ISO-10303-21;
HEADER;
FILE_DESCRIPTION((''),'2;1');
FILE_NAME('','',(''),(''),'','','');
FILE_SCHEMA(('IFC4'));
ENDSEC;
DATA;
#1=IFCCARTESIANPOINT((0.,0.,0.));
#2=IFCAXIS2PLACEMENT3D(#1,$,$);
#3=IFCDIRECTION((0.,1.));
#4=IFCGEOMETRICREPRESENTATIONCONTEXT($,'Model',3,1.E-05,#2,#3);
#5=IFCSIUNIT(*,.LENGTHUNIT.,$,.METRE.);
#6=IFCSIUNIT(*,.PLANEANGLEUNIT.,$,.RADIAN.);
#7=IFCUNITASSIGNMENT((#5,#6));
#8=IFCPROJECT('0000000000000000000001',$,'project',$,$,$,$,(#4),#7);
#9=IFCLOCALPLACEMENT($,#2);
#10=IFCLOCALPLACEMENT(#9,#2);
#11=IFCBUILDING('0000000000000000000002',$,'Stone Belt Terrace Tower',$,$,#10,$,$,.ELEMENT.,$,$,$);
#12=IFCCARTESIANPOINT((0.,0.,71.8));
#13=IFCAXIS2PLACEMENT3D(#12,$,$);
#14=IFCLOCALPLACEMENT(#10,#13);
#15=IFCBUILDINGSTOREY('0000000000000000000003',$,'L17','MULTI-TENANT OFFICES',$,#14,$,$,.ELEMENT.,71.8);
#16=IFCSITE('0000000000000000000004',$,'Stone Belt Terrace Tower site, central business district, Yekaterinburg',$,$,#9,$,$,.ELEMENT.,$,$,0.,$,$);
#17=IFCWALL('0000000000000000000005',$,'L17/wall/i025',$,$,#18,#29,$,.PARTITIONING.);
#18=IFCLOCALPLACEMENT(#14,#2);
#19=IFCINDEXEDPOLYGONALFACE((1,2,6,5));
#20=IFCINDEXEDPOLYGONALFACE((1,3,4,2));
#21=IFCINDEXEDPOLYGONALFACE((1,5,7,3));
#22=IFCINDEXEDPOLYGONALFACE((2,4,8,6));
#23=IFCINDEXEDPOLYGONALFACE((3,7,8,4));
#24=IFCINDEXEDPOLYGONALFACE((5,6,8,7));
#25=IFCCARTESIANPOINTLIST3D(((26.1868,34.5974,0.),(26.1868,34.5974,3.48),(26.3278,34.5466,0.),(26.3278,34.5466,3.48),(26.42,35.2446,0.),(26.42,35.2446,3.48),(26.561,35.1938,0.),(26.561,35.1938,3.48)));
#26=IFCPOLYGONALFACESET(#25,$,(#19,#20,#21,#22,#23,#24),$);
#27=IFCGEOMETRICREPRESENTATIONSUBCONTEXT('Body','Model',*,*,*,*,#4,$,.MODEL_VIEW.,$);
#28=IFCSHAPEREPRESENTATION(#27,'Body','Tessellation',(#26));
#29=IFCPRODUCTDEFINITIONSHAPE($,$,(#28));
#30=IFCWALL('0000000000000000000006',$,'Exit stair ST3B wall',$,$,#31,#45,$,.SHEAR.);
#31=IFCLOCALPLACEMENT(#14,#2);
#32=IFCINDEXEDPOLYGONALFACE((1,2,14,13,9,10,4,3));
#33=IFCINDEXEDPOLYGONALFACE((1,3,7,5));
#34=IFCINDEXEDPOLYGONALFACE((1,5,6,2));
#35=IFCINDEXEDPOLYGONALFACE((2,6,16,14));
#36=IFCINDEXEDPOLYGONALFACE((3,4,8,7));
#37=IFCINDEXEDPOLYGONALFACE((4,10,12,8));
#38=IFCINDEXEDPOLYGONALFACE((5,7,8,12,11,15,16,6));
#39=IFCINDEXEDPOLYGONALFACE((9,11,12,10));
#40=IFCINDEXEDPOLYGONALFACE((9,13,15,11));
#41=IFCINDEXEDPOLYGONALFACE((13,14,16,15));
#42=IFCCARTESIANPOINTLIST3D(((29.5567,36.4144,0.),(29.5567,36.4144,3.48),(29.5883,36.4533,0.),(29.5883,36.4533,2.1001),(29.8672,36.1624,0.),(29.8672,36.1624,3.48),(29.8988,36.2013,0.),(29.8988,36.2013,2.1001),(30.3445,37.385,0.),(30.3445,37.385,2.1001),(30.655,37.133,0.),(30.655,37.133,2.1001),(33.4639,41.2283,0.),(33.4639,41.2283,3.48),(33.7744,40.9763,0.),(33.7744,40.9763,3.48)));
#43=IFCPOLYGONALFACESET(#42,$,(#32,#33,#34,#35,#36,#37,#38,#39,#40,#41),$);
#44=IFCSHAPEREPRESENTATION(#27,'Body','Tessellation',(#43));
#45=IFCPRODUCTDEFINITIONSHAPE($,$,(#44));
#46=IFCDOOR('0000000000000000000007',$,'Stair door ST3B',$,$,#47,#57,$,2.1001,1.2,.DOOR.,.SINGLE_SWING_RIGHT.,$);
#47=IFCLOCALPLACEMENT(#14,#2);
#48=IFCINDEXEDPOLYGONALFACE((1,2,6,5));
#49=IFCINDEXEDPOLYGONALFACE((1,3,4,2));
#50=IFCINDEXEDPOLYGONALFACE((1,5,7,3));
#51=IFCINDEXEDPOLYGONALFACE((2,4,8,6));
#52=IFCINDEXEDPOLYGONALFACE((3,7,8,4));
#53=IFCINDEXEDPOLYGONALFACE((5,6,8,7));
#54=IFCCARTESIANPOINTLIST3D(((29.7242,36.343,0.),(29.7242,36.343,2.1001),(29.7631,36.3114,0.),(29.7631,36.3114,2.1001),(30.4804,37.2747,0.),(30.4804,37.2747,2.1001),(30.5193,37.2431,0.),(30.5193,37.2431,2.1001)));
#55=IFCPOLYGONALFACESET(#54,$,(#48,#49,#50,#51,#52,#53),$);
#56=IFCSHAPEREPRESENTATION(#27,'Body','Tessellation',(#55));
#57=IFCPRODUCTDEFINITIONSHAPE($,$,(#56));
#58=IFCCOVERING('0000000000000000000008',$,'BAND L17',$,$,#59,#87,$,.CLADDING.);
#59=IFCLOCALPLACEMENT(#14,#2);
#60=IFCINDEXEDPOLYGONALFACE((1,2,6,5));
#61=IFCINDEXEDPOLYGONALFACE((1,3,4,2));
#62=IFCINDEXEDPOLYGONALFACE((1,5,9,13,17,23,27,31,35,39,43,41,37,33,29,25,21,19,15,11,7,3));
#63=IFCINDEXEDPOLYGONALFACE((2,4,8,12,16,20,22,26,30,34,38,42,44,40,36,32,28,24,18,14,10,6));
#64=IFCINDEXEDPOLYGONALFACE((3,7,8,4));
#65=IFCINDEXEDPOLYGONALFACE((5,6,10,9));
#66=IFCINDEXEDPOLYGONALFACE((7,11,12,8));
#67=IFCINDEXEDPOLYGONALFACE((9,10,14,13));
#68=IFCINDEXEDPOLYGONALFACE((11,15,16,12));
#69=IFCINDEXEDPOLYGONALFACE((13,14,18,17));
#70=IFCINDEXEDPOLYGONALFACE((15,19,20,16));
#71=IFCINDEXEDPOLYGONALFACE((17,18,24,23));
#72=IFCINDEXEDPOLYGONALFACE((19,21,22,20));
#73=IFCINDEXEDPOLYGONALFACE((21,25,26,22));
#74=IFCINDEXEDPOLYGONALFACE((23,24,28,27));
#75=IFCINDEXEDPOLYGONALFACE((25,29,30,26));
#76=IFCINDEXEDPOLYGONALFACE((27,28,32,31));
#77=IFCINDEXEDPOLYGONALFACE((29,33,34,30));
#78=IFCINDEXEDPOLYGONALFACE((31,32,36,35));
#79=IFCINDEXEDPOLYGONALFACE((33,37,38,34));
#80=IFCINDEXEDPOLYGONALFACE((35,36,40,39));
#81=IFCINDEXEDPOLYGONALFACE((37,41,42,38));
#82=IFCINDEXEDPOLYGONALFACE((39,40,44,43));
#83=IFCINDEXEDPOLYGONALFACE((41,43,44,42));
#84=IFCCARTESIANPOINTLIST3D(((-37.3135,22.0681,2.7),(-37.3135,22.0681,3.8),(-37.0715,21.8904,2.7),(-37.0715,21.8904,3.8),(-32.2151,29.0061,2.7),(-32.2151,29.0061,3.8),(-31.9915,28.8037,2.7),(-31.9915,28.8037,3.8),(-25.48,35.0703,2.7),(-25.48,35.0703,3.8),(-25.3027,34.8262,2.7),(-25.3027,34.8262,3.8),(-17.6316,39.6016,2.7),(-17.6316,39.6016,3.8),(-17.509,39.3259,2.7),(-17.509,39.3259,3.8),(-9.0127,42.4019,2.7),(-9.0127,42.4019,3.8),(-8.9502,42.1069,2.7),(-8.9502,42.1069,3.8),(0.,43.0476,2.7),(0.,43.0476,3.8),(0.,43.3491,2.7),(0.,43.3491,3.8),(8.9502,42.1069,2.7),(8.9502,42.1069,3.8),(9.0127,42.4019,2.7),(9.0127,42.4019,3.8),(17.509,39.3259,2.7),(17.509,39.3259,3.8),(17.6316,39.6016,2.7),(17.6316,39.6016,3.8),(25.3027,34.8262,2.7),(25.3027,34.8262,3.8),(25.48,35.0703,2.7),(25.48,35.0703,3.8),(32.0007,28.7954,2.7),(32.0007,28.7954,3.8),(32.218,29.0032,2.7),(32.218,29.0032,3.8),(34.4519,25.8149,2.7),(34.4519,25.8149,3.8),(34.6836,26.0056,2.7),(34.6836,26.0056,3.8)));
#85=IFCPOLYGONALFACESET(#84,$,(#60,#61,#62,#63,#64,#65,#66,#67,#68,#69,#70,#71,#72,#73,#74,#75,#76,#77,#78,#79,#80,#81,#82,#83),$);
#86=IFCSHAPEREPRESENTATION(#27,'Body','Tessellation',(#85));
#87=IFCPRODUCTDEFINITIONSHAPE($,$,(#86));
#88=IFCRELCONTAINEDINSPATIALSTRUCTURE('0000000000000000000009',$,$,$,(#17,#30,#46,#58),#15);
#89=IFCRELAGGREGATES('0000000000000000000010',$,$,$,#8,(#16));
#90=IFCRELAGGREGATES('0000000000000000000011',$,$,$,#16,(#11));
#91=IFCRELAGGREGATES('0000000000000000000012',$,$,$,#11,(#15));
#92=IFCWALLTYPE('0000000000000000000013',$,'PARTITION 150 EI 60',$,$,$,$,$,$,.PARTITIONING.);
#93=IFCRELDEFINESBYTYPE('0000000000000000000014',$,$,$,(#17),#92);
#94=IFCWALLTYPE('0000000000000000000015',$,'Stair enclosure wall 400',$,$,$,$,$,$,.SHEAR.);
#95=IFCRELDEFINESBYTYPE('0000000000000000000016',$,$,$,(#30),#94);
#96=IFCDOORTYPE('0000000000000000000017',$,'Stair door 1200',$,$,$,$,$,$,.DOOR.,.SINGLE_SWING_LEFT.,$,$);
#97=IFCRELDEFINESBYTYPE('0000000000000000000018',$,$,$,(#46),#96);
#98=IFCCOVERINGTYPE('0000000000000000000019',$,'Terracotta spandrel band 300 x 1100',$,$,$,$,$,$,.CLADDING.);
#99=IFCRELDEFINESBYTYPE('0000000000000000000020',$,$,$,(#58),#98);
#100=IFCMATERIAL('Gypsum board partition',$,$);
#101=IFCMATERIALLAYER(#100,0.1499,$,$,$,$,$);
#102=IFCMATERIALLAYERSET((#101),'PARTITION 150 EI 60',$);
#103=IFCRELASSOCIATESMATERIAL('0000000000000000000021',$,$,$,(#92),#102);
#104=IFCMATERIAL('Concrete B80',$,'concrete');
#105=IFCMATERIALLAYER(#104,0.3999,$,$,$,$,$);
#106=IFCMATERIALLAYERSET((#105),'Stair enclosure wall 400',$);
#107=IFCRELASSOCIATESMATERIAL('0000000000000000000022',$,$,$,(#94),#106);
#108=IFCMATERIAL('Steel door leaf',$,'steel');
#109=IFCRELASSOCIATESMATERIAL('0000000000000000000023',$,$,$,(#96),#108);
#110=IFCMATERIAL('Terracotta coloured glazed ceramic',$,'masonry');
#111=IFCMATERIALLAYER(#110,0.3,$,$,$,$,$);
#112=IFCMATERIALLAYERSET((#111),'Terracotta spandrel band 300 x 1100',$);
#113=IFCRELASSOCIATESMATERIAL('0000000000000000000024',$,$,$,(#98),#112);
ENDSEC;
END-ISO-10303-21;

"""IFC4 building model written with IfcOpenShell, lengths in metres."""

from ifc_helpers import new_model, si_unit, direction, frame, frame_2d, origin, place, context, subcontext, project, spatial, polyline, rectangle, outline, extrude, material, layer, layer_set, type_object, element, fill, save


model = new_model("IFC4")

# Units and contexts
model_context = context("Model", 3, precision=1e-05, world=origin(), true_north=direction((0.0, 1.0)))
body_context = subcontext(model_context, "Body", "Model", "MODEL_VIEW")
ifc_project = project(units=[si_unit("LENGTHUNIT", "METRE"), si_unit("PLANEANGLEUNIT", "RADIAN")], contexts=[model_context])

# Site, building, storey
site_placement = place(None, origin())
site = spatial("IfcSite", under=ifc_project, at=site_placement, Name="Stone Belt Terrace Tower site, central business district, Yekaterinburg", CompositionType="ELEMENT", RefElevation=0.0)
building_placement = place(site_placement, origin())
building = spatial("IfcBuilding", under=site, at=building_placement, Name="Stone Belt Terrace Tower", CompositionType="ELEMENT")
storey_placement = place(building_placement, frame((0.0, 0.0, 71.8)))
storey = spatial("IfcBuildingStorey", under=building, at=storey_placement, Name="L17", Description="MULTI-TENANT OFFICES", CompositionType="ELEMENT", Elevation=71.8)

# Shared definitions
ifc_material_1 = material(Name="Concrete B80", Category="concrete")

# Wall
ifc_material_2 = material(Name="Gypsum board partition")
ifc_layer_1 = layer(ifc_material_2, 0.1499)
ifc_layer_set_1 = layer_set([ifc_layer_1], Name="PARTITION 150 EI 60")
wall_type_1 = type_object("IfcWallType", Name="PARTITION 150 EI 60", PredefinedType="PARTITIONING", material=ifc_layer_set_1)
wall_1_placement = place(storey_placement, frame((26.4905, 35.2192, 0.0), z_axis=(0.0, 0.0, 1.0), x_axis=(-0.338921, -0.940815, 0.0)))
element("IfcWall", 1, at=wall_1_placement, inside=storey, type_object=wall_type_1, Name="L17/wall/i025", PredefinedType="PARTITIONING", context=body_context, shape_type="SweptSolid", body=[
    extrude(rectangle(XDim=0.688, YDim=0.1499, at=frame_2d((0.344, 0.0))), origin(), (0.0, 0.0, 1.0), 3.48),
])

# Wall, opening, door
ifc_layer_2 = layer(ifc_material_1, 0.3999)
ifc_layer_set_2 = layer_set([ifc_layer_2], Name="Stair enclosure wall 400")
wall_type_2 = type_object("IfcWallType", Name="Stair enclosure wall 400", PredefinedType="SHEAR", material=ifc_layer_set_2)
wall_2_placement = place(storey_placement, frame((29.7119, 36.2883, 0.0), z_axis=(0.0, 0.0, 1.0), x_axis=(0.630192, 0.776439, 0.0)))
wall_2 = element("IfcWall", 2, at=wall_2_placement, inside=storey, type_object=wall_type_2, Name="Exit stair ST3B wall", PredefinedType="SHEAR", context=body_context, shape_type="SweptSolid", body=[
    extrude(rectangle(XDim=6.2, YDim=0.3999, at=frame_2d((3.1001, 0.0))), origin(), (0.0, 0.0, 1.0), 3.48),
])
opening_placement = place(wall_2_placement, frame((0.05, 0.0, 0.0)))
opening = element("IfcOpeningElement", 3, at=opening_placement, cuts=wall_2, PredefinedType="OPENING", context=body_context, shape_type="SweptSolid", body=[
    extrude(rectangle(XDim=1.2, YDim=2.1001, at=frame_2d((0.6001, 1.05))), frame((0.0, 0.21, 0.0), z_axis=(0.0, -1.0, 0.0), x_axis=(1.0, 0.0, 0.0)), (0.0, 0.0, 1.0), 0.4199),
])
ifc_material_3 = material(Name="Steel door leaf", Category="steel")
door_type = type_object("IfcDoorType", Name="Stair door 1200", OperationType="SINGLE_SWING_LEFT", PredefinedType="DOOR", material=ifc_material_3)
door_placement = place(opening_placement, origin())
door = element("IfcDoor", 4, at=door_placement, inside=storey, type_object=door_type, Name="Stair door ST3B", OperationType="SINGLE_SWING_RIGHT", OverallHeight=2.1001, OverallWidth=1.2, PredefinedType="DOOR", context=body_context, shape_type="SweptSolid", body=[
    extrude(rectangle(XDim=1.2, YDim=2.1001, at=frame_2d((0.6001, 1.05))), frame((0.0, 0.0249, 0.0), z_axis=(0.0, -1.0, 0.0), x_axis=(1.0, 0.0, 0.0)), (0.0, 0.0, 1.0), 0.05),
])
fill(opening, door)

# Covering
ifc_material_4 = material(Name="Terracotta coloured glazed ceramic", Category="masonry")
ifc_layer_3 = layer(ifc_material_4, 0.3)
ifc_layer_set_3 = layer_set([ifc_layer_3], Name="Terracotta spandrel band 300 x 1100")
covering_type = type_object("IfcCoveringType", Name="Terracotta spandrel band 300 x 1100", PredefinedType="CLADDING", material=ifc_layer_set_3)
covering_placement = place(storey_placement, frame((0.0, 0.0, 2.7)))
element("IfcCovering", 5, at=covering_placement, inside=storey, type_object=covering_type, Name="BAND L17", PredefinedType="CLADDING", context=body_context, shape_type="SweptSolid", body=[
    extrude(outline(polyline([(-37.3135, 22.0681), (-32.2151, 29.0061), (-25.48, 35.0703), (-17.6316, 39.6016), (-9.0127, 42.4019), (0.0, 43.3491), (9.0127, 42.4019), (17.6316, 39.6016), (25.48, 35.0703), (32.218, 29.0032), (34.6836, 26.0056), (34.4519, 25.8149), (32.0007, 28.7954), (25.3027, 34.8262), (17.509, 39.3259), (8.9502, 42.1069), (0.0, 43.0476), (-8.9502, 42.1069), (-17.509, 39.3259), (-25.3027, 34.8262), (-31.9915, 28.8037), (-37.0715, 21.8904), (-37.3135, 22.0681)])), origin(), (0.0, 0.0, 1.0), 1.1001),
])

save(model, "model.ifc")
